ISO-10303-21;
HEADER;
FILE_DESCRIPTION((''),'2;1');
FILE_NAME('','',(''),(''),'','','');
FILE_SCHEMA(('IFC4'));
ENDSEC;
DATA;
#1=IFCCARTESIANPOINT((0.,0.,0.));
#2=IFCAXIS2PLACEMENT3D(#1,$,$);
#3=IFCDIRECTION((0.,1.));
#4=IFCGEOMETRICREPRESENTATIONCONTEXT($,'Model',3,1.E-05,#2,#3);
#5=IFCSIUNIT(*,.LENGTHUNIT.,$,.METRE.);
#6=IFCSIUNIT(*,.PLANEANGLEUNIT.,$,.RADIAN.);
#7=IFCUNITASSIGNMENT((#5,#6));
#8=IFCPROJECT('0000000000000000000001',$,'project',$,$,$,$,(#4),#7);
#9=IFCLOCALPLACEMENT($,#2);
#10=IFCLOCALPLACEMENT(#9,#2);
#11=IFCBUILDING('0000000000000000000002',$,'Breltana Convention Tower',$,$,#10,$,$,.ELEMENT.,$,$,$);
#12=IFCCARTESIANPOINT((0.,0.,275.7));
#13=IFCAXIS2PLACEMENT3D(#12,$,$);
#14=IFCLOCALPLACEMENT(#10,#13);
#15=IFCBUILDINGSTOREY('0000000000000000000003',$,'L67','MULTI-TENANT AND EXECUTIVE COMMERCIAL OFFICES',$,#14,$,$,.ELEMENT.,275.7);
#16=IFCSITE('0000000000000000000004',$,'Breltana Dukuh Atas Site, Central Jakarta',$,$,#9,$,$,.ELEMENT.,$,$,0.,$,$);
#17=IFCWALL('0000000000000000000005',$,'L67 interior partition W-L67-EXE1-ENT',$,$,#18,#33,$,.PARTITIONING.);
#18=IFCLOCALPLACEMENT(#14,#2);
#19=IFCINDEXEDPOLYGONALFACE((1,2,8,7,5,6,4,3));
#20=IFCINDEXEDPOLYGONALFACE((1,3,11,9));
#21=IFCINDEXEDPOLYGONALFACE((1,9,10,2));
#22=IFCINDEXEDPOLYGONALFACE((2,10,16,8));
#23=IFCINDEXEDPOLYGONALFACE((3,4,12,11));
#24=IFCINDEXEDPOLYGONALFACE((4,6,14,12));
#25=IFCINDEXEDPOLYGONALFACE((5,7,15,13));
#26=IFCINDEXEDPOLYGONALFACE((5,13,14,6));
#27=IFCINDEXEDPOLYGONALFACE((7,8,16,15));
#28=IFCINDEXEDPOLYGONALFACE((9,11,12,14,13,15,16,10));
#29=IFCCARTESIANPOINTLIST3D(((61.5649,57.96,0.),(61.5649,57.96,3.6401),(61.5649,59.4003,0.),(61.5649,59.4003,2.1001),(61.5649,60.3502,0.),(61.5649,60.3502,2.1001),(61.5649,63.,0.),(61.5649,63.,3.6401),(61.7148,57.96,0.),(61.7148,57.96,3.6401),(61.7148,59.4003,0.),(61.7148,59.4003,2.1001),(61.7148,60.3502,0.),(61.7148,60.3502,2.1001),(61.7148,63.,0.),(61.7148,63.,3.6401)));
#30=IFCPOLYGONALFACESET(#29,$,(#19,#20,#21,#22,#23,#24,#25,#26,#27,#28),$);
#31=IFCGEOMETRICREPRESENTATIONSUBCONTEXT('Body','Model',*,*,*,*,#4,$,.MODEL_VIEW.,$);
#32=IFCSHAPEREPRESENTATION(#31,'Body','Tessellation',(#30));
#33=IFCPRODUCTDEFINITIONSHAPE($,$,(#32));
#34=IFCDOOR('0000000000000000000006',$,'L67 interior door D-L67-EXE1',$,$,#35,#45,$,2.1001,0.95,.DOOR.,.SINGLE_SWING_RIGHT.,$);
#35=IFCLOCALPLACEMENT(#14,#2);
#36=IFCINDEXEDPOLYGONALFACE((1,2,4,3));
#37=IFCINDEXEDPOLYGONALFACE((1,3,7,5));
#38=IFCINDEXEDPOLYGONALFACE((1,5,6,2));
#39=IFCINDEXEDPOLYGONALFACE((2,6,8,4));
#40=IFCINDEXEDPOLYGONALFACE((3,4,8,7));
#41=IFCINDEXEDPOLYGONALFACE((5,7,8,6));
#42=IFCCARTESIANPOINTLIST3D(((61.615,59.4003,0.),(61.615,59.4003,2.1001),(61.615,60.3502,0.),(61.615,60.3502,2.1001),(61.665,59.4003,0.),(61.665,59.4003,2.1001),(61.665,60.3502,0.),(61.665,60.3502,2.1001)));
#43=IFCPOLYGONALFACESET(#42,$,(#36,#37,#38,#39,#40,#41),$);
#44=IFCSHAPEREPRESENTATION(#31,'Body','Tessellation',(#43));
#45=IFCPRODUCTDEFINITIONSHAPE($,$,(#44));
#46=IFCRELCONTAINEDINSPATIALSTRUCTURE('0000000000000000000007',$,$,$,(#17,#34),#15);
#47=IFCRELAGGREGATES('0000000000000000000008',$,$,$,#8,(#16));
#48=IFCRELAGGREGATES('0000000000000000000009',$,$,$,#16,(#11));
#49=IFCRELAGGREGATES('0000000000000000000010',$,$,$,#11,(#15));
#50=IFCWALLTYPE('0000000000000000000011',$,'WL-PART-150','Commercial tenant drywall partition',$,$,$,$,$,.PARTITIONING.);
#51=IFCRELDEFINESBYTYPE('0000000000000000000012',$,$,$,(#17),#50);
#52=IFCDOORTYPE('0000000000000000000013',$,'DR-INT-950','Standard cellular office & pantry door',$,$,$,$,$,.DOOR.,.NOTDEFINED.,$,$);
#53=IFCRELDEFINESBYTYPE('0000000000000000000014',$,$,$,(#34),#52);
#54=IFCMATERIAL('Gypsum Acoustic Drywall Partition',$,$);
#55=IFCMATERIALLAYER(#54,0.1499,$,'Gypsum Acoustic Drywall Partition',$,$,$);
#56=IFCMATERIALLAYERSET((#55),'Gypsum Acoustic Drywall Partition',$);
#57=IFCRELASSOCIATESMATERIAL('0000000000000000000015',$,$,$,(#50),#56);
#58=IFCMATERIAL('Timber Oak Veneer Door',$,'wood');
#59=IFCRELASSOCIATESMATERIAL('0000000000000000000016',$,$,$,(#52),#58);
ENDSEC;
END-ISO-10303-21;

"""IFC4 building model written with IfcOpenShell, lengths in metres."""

from ifc_helpers import new_model, si_unit, direction, frame, frame_2d, origin, place, context, subcontext, project, spatial, rectangle, extrude, source, transform, mapped, material, layer, layer_set, type_object, type_shapes, element, fill, save


model = new_model("IFC4")

# Units and contexts
model_context = context("Model", 3, precision=1e-05, world=origin(), true_north=direction((0.0, 1.0)))
body_context = subcontext(model_context, "Body", "Model", "MODEL_VIEW")
ifc_project = project(units=[si_unit("LENGTHUNIT", "METRE"), si_unit("PLANEANGLEUNIT", "RADIAN")], contexts=[model_context])

# Site, building, storey
site_placement = place(None, origin())
site = spatial("IfcSite", under=ifc_project, at=site_placement, Name="Breltana Dukuh Atas Site, Central Jakarta", CompositionType="ELEMENT", RefElevation=0.0)
building_placement = place(site_placement, origin())
building = spatial("IfcBuilding", under=site, at=building_placement, Name="Breltana Convention Tower", CompositionType="ELEMENT")
storey_placement = place(building_placement, frame((0.0, 0.0, 275.7)))
storey = spatial("IfcBuildingStorey", under=building, at=storey_placement, Name="L67", Description="MULTI-TENANT AND EXECUTIVE COMMERCIAL OFFICES", CompositionType="ELEMENT", Elevation=275.7)

# Shared definitions
ifc_material_1 = material(Name="Gypsum Acoustic Drywall Partition")
ifc_layer_1 = layer(ifc_material_1, 0.1499, Name="Gypsum Acoustic Drywall Partition")
ifc_layer_set_1 = layer_set([ifc_layer_1], Name="Gypsum Acoustic Drywall Partition")
wall_type_1 = type_object("IfcWallType", Name="WL-PART-150", Description="Commercial tenant drywall partition", PredefinedType="PARTITIONING", material=ifc_layer_set_1)

# Wall, opening, door
shared_shape_1 = source(origin(), body_context, "Body", "SweptSolid", [
    extrude(rectangle(XDim=5.04, YDim=0.1499, at=frame_2d((2.52, 0.0))), origin(), (0.0, 0.0, 1.0), 3.6401),
])
wall_1_placement = place(storey_placement, frame((61.6399, 57.96, 0.0), z_axis=(0.0, 0.0, 1.0), x_axis=(0.0, 1.0, 0.0)))
wall_1 = element("IfcWall", 1, at=wall_1_placement, inside=storey, type_object=wall_type_1, Name="L67 interior partition W-L67-EXE1-ENT", PredefinedType="PARTITIONING", context=body_context, shape_type="MappedRepresentation", body=[
    mapped(shared_shape_1, transform((0.0, 0.0, 0.0), scale=1.0)),
])
opening_1_placement = place(wall_1_placement, frame((1.4402, 0.0, 0.0)))
opening_1 = element("IfcOpeningElement", 2, at=opening_1_placement, cuts=wall_1, PredefinedType="OPENING", context=body_context, shape_type="SweptSolid", body=[
    extrude(rectangle(XDim=0.95, YDim=2.1001, at=frame_2d((0.4751, 1.05))), frame((0.0, 0.085, 0.0), z_axis=(0.0, -1.0, 0.0), x_axis=(1.0, 0.0, 0.0)), (0.0, 0.0, 1.0), 0.1699),
])
ifc_material_2 = material(Name="Timber Oak Veneer Door", Category="wood")
door_type_1 = type_object("IfcDoorType", Name="DR-INT-950", Description="Standard cellular office & pantry door", OperationType="NOTDEFINED", PredefinedType="DOOR", material=ifc_material_2)
shared_shape_2 = source(origin(), body_context, "Body", "SweptSolid", [
    extrude(rectangle(XDim=0.95, YDim=2.1001, at=frame_2d((0.4751, 1.05))), frame((0.0, 0.0249, 0.0), z_axis=(0.0, -1.0, 0.0), x_axis=(1.0, 0.0, 0.0)), (0.0, 0.0, 1.0), 0.05),
])
type_shapes(door_type_1, [shared_shape_2])
door_1_placement = place(opening_1_placement, origin())
door_1 = element("IfcDoor", 3, at=door_1_placement, inside=storey, type_object=door_type_1, Name="L67 interior door D-L67-EXE1", OperationType="SINGLE_SWING_RIGHT", OverallHeight=2.1001, OverallWidth=0.95, PredefinedType="DOOR", context=body_context, shape_type="MappedRepresentation", body=[
    mapped(shared_shape_2, transform((0.0, 0.0, 0.0), scale=1.0)),
])
fill(opening_1, door_1)

save(model, "model.ifc")
